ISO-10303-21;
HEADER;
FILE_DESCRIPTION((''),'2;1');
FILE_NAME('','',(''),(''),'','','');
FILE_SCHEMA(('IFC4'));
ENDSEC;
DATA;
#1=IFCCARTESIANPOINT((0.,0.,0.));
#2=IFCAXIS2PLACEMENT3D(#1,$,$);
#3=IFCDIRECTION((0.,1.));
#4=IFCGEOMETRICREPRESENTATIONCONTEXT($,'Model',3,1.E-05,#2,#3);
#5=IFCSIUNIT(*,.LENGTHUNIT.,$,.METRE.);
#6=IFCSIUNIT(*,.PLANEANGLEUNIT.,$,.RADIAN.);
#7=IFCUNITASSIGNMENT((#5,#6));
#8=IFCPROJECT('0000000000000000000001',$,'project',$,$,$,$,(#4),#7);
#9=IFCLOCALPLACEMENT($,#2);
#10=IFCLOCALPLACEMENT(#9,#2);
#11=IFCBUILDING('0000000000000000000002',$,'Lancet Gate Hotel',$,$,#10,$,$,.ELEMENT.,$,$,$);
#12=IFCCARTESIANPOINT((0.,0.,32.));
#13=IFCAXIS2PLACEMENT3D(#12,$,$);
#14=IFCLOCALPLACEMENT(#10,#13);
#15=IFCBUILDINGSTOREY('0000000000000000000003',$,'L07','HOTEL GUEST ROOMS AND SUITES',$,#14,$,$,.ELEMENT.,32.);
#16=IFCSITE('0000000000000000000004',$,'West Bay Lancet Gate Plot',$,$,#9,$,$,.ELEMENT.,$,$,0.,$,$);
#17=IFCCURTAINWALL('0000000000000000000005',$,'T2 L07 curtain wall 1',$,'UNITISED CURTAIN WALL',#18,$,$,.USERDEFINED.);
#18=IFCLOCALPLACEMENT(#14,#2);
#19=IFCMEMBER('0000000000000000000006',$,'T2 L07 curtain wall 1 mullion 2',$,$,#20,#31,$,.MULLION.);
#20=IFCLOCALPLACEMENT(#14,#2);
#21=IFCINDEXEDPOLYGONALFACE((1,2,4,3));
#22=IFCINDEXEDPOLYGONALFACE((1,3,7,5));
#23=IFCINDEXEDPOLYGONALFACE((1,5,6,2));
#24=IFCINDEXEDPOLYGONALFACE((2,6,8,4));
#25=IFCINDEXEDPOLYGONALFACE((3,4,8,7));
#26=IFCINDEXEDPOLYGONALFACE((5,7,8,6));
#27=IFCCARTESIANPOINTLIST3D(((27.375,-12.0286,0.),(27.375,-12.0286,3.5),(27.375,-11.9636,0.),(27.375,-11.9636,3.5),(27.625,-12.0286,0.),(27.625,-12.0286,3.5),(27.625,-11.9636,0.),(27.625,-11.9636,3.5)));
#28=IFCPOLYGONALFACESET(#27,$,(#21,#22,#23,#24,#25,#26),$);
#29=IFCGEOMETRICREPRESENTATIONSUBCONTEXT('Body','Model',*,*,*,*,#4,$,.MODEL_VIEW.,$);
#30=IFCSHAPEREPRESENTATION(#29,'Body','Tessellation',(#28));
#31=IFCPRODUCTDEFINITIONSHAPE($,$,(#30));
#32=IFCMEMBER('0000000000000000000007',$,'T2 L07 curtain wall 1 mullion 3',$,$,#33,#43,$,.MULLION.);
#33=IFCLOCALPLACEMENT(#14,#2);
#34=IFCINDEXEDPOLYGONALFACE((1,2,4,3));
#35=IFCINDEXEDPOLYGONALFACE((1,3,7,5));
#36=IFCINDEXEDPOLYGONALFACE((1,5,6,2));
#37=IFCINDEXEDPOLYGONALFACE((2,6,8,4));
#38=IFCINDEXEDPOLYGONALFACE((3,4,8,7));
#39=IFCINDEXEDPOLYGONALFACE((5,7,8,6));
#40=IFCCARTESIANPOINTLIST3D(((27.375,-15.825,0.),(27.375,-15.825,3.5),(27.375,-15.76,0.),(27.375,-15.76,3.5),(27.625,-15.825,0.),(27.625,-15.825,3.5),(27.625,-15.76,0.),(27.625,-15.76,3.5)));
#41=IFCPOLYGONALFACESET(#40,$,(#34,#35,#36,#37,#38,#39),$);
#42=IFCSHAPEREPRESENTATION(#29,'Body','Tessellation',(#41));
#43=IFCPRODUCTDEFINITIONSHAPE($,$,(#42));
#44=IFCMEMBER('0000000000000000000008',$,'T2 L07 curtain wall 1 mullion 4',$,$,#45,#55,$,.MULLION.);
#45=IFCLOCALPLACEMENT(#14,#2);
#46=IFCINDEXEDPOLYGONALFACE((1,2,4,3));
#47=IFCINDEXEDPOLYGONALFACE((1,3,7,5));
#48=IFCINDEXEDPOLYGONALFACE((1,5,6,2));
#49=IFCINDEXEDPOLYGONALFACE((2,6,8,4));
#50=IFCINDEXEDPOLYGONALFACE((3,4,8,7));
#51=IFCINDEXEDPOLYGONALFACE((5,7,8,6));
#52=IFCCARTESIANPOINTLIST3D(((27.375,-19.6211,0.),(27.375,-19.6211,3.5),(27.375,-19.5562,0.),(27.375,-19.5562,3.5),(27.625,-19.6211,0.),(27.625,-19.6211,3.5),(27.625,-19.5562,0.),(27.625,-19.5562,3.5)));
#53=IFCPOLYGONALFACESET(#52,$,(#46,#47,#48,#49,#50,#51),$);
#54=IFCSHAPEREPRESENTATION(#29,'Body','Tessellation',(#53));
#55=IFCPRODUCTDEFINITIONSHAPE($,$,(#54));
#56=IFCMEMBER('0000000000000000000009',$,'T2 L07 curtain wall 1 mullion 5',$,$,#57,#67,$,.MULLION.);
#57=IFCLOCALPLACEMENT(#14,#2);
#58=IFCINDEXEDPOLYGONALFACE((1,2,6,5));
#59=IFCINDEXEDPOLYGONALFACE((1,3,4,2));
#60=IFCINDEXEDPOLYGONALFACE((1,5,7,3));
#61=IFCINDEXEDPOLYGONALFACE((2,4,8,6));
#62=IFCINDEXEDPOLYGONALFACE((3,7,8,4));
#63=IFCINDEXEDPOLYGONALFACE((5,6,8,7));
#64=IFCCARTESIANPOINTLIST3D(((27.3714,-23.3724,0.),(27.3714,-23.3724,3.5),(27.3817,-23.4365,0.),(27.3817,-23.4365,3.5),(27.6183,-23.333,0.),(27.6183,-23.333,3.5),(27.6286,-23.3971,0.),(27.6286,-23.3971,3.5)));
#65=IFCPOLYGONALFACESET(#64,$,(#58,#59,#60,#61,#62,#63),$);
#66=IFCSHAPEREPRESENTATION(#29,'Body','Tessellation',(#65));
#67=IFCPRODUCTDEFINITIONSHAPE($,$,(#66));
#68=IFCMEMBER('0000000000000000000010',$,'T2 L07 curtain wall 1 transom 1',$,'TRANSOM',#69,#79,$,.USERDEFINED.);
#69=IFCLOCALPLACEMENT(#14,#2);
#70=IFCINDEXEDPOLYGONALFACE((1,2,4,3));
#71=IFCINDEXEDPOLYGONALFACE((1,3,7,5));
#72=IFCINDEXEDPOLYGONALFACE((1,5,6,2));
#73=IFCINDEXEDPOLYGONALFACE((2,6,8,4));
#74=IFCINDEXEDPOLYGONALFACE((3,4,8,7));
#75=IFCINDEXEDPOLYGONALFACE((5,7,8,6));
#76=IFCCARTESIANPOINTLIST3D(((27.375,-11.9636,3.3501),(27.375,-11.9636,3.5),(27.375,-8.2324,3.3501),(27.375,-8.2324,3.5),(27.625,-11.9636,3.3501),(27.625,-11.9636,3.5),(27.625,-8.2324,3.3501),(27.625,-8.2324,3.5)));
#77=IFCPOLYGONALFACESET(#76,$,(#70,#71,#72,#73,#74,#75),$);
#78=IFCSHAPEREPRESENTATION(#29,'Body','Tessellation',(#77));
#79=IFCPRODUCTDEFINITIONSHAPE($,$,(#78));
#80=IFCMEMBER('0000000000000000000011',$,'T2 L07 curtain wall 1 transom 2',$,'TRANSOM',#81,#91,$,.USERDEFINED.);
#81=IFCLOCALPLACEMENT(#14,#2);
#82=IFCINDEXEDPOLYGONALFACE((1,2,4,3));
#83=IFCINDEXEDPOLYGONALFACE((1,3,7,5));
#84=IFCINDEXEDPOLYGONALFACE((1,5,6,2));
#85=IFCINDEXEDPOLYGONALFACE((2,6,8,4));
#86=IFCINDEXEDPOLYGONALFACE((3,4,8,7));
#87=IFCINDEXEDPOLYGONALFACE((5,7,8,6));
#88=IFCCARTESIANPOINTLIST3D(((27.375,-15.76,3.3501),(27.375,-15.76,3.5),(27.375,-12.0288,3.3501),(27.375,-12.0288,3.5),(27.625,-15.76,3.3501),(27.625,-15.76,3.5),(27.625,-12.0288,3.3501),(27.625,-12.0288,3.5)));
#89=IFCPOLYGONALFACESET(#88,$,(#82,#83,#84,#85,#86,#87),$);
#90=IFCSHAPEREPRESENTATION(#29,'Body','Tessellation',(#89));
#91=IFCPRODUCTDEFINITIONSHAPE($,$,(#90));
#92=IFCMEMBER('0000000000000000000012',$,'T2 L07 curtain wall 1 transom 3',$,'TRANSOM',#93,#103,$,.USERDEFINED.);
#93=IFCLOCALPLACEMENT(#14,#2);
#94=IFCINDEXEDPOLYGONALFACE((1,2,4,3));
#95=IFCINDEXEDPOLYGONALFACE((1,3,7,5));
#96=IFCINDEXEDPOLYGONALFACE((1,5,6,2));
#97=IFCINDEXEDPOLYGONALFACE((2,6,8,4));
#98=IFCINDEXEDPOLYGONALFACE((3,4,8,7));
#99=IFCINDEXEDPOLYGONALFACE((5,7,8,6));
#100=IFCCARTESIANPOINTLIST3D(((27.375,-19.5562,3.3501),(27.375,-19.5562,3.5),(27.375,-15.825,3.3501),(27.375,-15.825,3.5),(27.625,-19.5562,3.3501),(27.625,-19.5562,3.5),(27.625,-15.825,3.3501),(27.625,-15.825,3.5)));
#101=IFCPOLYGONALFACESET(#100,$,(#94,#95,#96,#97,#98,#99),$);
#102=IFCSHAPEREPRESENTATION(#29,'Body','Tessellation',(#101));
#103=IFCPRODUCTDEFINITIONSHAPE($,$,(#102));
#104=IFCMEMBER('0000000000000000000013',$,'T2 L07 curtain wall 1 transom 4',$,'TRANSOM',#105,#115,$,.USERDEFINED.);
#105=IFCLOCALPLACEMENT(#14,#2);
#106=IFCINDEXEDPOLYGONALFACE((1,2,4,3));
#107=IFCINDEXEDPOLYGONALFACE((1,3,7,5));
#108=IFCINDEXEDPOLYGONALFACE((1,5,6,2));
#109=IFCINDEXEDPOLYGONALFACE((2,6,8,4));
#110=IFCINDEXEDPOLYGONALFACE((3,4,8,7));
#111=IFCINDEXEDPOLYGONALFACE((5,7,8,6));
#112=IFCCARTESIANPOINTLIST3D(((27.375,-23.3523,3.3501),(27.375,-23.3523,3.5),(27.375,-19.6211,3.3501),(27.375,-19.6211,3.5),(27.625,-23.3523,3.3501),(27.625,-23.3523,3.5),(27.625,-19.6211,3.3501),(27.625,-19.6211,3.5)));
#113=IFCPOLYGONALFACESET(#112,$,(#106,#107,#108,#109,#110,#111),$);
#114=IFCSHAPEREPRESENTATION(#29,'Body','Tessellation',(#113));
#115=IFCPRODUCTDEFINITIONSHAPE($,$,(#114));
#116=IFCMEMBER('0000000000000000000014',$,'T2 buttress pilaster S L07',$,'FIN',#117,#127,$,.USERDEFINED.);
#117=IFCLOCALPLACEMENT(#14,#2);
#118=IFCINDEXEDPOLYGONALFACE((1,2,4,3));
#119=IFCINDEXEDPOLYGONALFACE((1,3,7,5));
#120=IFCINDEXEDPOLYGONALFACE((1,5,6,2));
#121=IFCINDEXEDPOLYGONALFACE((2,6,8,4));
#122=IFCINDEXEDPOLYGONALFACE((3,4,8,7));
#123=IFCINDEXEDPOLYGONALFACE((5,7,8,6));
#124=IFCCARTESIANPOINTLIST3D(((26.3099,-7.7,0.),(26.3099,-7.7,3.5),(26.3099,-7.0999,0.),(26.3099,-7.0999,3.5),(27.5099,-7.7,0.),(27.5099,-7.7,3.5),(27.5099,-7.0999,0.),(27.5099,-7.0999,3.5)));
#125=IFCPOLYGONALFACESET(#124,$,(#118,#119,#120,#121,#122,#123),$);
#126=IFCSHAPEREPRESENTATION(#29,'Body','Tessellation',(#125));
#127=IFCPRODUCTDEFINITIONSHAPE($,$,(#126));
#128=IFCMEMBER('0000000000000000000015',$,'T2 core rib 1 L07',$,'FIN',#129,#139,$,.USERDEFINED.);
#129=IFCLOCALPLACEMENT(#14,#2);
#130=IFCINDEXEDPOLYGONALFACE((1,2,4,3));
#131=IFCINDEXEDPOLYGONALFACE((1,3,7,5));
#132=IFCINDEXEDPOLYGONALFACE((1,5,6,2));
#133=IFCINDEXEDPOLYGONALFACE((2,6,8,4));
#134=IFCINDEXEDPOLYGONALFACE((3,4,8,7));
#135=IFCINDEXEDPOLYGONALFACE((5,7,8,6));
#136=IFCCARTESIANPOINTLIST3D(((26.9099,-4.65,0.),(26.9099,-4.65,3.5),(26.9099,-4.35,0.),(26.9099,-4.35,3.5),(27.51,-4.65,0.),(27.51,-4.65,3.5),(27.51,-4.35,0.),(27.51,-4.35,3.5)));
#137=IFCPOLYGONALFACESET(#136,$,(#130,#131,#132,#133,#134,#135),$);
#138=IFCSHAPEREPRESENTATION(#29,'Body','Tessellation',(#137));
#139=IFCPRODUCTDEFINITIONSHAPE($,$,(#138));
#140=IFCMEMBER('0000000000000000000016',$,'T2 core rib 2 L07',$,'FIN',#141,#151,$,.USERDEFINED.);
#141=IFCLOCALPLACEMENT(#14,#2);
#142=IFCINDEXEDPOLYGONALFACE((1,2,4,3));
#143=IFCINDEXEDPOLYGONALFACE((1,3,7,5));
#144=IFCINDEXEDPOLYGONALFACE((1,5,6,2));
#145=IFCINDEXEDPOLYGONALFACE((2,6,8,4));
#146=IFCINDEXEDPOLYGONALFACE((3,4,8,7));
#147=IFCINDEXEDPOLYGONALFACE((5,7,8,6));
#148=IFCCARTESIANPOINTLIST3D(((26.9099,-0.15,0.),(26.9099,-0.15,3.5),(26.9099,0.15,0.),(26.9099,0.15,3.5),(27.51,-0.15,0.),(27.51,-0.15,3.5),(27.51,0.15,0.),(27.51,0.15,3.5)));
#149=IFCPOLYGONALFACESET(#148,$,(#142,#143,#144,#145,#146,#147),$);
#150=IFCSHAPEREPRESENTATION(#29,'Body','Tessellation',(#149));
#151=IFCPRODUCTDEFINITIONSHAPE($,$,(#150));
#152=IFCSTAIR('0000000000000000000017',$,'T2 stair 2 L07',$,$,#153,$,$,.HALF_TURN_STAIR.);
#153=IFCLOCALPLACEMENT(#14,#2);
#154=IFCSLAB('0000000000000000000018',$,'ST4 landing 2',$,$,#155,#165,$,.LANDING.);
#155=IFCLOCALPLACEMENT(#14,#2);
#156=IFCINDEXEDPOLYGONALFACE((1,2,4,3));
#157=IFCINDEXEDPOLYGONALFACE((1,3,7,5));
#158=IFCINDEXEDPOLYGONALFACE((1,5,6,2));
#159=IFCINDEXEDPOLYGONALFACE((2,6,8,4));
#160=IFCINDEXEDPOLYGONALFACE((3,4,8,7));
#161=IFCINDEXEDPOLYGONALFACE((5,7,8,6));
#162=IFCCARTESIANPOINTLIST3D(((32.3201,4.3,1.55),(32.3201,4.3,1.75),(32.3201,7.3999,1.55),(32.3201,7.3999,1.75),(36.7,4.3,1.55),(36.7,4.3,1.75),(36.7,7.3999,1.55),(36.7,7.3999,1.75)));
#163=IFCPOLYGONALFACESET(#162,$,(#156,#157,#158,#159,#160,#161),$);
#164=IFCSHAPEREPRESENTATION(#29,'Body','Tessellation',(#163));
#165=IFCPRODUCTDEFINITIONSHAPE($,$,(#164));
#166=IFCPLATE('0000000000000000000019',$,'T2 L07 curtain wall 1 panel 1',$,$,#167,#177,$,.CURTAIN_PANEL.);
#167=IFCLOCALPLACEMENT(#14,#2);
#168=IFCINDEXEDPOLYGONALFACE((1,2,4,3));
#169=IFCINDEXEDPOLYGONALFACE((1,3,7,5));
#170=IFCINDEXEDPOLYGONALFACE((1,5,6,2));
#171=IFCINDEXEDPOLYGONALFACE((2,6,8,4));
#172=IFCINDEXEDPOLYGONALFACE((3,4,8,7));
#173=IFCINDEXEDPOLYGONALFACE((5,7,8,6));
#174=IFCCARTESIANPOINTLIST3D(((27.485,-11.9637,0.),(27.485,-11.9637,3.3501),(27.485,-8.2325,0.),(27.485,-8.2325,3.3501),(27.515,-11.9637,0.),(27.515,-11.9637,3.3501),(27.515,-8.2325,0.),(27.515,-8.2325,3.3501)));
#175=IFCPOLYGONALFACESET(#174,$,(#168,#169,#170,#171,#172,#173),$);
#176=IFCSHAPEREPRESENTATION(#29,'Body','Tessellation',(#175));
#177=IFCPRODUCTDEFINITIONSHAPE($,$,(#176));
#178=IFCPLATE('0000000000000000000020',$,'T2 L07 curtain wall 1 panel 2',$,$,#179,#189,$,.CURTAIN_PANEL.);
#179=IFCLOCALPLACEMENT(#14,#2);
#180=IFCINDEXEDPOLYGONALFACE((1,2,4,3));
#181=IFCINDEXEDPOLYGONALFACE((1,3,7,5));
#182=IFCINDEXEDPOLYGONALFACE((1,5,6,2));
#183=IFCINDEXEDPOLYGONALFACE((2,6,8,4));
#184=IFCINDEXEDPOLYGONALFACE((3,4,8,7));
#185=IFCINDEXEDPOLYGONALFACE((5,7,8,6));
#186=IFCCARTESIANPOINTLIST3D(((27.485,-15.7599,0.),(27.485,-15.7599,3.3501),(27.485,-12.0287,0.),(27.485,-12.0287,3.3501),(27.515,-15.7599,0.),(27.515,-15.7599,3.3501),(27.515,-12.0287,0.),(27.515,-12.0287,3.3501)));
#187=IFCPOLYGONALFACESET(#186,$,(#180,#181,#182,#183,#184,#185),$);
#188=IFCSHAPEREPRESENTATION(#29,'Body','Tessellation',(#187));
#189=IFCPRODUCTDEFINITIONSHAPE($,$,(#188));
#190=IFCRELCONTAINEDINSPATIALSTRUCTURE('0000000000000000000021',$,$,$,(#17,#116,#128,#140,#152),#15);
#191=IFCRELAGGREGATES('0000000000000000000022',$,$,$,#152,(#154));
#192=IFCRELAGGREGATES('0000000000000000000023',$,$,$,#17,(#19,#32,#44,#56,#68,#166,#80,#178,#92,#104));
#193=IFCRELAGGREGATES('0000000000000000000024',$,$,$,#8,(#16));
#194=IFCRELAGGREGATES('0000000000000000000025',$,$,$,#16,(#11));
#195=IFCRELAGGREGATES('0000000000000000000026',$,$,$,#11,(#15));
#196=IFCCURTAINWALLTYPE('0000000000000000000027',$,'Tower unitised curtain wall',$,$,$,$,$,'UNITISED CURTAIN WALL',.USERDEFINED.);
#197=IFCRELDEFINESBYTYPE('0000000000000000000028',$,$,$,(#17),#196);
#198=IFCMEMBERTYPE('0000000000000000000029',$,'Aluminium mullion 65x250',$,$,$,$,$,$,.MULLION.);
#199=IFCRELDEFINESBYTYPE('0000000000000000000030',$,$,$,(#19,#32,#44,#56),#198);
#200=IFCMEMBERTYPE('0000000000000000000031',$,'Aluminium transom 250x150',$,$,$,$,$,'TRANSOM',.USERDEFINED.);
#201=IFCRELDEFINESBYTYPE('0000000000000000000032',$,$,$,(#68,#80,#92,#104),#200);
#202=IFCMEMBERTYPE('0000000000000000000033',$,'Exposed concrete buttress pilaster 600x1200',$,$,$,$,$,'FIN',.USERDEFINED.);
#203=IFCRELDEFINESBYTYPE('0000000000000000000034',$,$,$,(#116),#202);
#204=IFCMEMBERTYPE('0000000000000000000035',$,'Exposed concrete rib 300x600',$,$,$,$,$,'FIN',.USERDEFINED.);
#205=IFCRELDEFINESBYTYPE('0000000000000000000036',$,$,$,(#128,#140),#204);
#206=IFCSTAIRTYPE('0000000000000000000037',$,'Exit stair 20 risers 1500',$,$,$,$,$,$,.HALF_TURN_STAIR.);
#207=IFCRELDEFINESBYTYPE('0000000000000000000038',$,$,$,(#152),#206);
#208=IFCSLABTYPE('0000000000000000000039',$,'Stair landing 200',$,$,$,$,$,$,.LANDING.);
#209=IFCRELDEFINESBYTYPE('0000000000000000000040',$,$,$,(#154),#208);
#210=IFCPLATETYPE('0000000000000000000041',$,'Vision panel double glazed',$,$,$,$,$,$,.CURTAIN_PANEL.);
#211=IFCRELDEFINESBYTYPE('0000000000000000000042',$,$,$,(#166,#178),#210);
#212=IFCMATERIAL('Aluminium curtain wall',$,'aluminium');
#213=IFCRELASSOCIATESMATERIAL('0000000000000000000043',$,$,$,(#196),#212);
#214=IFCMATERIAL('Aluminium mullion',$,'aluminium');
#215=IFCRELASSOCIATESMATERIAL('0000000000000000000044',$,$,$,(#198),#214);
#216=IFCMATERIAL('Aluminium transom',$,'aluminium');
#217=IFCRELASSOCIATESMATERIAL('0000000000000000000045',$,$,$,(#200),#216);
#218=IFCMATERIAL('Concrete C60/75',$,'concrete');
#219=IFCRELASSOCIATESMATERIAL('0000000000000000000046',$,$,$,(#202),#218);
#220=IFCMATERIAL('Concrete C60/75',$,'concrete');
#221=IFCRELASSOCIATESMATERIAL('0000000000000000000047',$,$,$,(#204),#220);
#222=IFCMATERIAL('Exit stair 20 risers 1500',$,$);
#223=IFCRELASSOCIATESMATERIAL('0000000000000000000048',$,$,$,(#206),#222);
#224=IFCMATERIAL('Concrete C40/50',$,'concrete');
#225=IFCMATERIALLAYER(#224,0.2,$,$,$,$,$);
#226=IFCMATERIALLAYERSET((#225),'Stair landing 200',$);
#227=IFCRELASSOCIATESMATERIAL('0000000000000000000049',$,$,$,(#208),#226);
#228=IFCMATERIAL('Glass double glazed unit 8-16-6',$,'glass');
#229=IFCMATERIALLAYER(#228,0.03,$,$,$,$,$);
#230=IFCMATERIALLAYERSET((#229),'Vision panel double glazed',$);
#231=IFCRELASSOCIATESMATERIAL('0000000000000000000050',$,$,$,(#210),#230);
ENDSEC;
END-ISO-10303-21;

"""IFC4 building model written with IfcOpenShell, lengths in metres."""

from ifc_helpers import new_model, si_unit, direction, frame, origin, origin_2d, place, context, subcontext, project, spatial, polyline, rectangle, outline, extrude, material, layer, layer_set, material_profile, profile_set, type_object, element, aggregate, save


model = new_model("IFC4")

# Units and contexts
model_context = context("Model", 3, precision=1e-05, world=origin(), true_north=direction((0.0, 1.0)))
body_context = subcontext(model_context, "Body", "Model", "MODEL_VIEW")
ifc_project = project(units=[si_unit("LENGTHUNIT", "METRE"), si_unit("PLANEANGLEUNIT", "RADIAN")], contexts=[model_context])

# Site, building, storey
site_placement = place(None, origin())
site = spatial("IfcSite", under=ifc_project, at=site_placement, Name="West Bay Lancet Gate Plot", CompositionType="ELEMENT", RefElevation=0.0)
building_placement = place(site_placement, origin())
building = spatial("IfcBuilding", under=site, at=building_placement, Name="Lancet Gate Hotel", CompositionType="ELEMENT")
storey_placement = place(building_placement, frame((0.0, 0.0, 32.0)))
storey = spatial("IfcBuildingStorey", under=building, at=storey_placement, Name="L07", Description="HOTEL GUEST ROOMS AND SUITES", CompositionType="ELEMENT", Elevation=32.0)

# Curtain wall, members
ifc_material_1 = material(Name="Aluminium curtain wall", Category="aluminium")
curtain_wall_type = type_object("IfcCurtainWallType", Name="Tower unitised curtain wall", ElementType="UNITISED CURTAIN WALL", PredefinedType="USERDEFINED", material=ifc_material_1)
curtain_wall_placement = place(storey_placement, origin())
curtain_wall = element("IfcCurtainWall", 1, at=curtain_wall_placement, inside=storey, type_object=curtain_wall_type, Name="T2 L07 curtain wall 1", ObjectType="UNITISED CURTAIN WALL", PredefinedType="USERDEFINED")
ifc_material_2 = material(Name="Aluminium mullion", Category="aluminium")
ifc_material_profile_1 = material_profile(ifc_material_2, rectangle(XDim=0.0649, YDim=0.25, at=origin_2d()), Name="MULLION 65x250")
ifc_profile_set_1 = profile_set([ifc_material_profile_1], Name="Aluminium mullion")
member_type_1 = type_object("IfcMemberType", Name="Aluminium mullion 65x250", PredefinedType="MULLION", material=ifc_profile_set_1)
member_1_placement = place(storey_placement, frame((27.5, -11.9961, 0.0), z_axis=(0.0, 0.0, 1.0), x_axis=(0.0, -1.0, 0.0)))
member_1 = element("IfcMember", 2, at=member_1_placement, type_object=member_type_1, Name="T2 L07 curtain wall 1 mullion 2", PredefinedType="MULLION", context=body_context, shape_type="SweptSolid", body=[
    extrude(rectangle(XDim=0.0649, YDim=0.25, at=origin_2d()), origin(), (0.0, 0.0, 1.0), 3.5),
])
member_2_placement = place(storey_placement, frame((27.5, -15.7925, 0.0), z_axis=(0.0, 0.0, 1.0), x_axis=(0.0, -1.0, 0.0)))
member_2 = element("IfcMember", 3, at=member_2_placement, type_object=member_type_1, Name="T2 L07 curtain wall 1 mullion 3", PredefinedType="MULLION", context=body_context, shape_type="SweptSolid", body=[
    extrude(rectangle(XDim=0.0649, YDim=0.25, at=origin_2d()), origin(), (0.0, 0.0, 1.0), 3.5),
])
member_3_placement = place(storey_placement, frame((27.5, -19.5886, 0.0), z_axis=(0.0, 0.0, 1.0), x_axis=(0.0, -1.0, 0.0)))
member_3 = element("IfcMember", 4, at=member_3_placement, type_object=member_type_1, Name="T2 L07 curtain wall 1 mullion 4", PredefinedType="MULLION", context=body_context, shape_type="SweptSolid", body=[
    extrude(rectangle(XDim=0.0649, YDim=0.25, at=origin_2d()), origin(), (0.0, 0.0, 1.0), 3.5),
])
member_4_placement = place(storey_placement, frame((27.5, -23.3848, 0.0), z_axis=(0.0, 0.0, 1.0), x_axis=(0.157752, -0.987479, 0.0)))
member_4 = element("IfcMember", 5, at=member_4_placement, type_object=member_type_1, Name="T2 L07 curtain wall 1 mullion 5", PredefinedType="MULLION", context=body_context, shape_type="SweptSolid", body=[
    extrude(rectangle(XDim=0.0649, YDim=0.25, at=origin_2d()), origin(), (0.0, 0.0, 1.0), 3.5),
])
ifc_material_3 = material(Name="Aluminium transom", Category="aluminium")
ifc_material_profile_2 = material_profile(ifc_material_3, rectangle(XDim=0.25, YDim=0.1499, at=origin_2d()), Name="TRANSOM 250x150")
ifc_profile_set_2 = profile_set([ifc_material_profile_2], Name="Aluminium transom")
member_type_2 = type_object("IfcMemberType", Name="Aluminium transom 250x150", ElementType="TRANSOM", PredefinedType="USERDEFINED", material=ifc_profile_set_2)
member_5_placement = place(storey_placement, frame((27.5, -8.2324, 3.425), z_axis=(0.0, -1.0, 0.0), x_axis=(1.0, 0.0, 0.0)))
member_5 = element("IfcMember", 6, at=member_5_placement, type_object=member_type_2, Name="T2 L07 curtain wall 1 transom 1", ObjectType="TRANSOM", PredefinedType="USERDEFINED", context=body_context, shape_type="SweptSolid", body=[
    extrude(rectangle(XDim=0.25, YDim=0.1499, at=origin_2d()), origin(), (0.0, 0.0, 1.0), 3.7312),
])
member_6_placement = place(storey_placement, frame((27.5, -12.0288, 3.425), z_axis=(0.0, -1.0, 0.0), x_axis=(1.0, 0.0, 0.0)))
member_6 = element("IfcMember", 7, at=member_6_placement, type_object=member_type_2, Name="T2 L07 curtain wall 1 transom 2", ObjectType="TRANSOM", PredefinedType="USERDEFINED", context=body_context, shape_type="SweptSolid", body=[
    extrude(rectangle(XDim=0.25, YDim=0.1499, at=origin_2d()), origin(), (0.0, 0.0, 1.0), 3.7312),
])
member_7_placement = place(storey_placement, frame((27.5, -15.825, 3.425), z_axis=(0.0, -1.0, 0.0), x_axis=(1.0, 0.0, 0.0)))
member_7 = element("IfcMember", 8, at=member_7_placement, type_object=member_type_2, Name="T2 L07 curtain wall 1 transom 3", ObjectType="TRANSOM", PredefinedType="USERDEFINED", context=body_context, shape_type="SweptSolid", body=[
    extrude(rectangle(XDim=0.25, YDim=0.1499, at=origin_2d()), origin(), (0.0, 0.0, 1.0), 3.7312),
])
member_8_placement = place(storey_placement, frame((27.5, -19.6211, 3.425), z_axis=(0.0, -1.0, 0.0), x_axis=(1.0, 0.0, 0.0)))
member_8 = element("IfcMember", 9, at=member_8_placement, type_object=member_type_2, Name="T2 L07 curtain wall 1 transom 4", ObjectType="TRANSOM", PredefinedType="USERDEFINED", context=body_context, shape_type="SweptSolid", body=[
    extrude(rectangle(XDim=0.25, YDim=0.1499, at=origin_2d()), origin(), (0.0, 0.0, 1.0), 3.7312),
])

# Members
ifc_material_4 = material(Name="Concrete C60/75", Category="concrete")
ifc_material_profile_3 = material_profile(ifc_material_4, rectangle(XDim=0.6001, YDim=1.2, at=origin_2d()), Name="FIN 600x1200")
ifc_profile_set_3 = profile_set([ifc_material_profile_3], Name="Concrete C60/75")
member_type_3 = type_object("IfcMemberType", Name="Exposed concrete buttress pilaster 600x1200", ElementType="FIN", PredefinedType="USERDEFINED", material=ifc_profile_set_3)
member_9_placement = place(storey_placement, frame((26.9099, -7.3999, 0.0), z_axis=(0.0, 0.0, 1.0), x_axis=(0.0, 1.0, 0.0)))
element("IfcMember", 10, at=member_9_placement, inside=storey, type_object=member_type_3, Name="T2 buttress pilaster S L07", ObjectType="FIN", PredefinedType="USERDEFINED", context=body_context, shape_type="SweptSolid", body=[
    extrude(rectangle(XDim=0.6001, YDim=1.2, at=origin_2d()), origin(), (0.0, 0.0, 1.0), 3.5),
])
ifc_material_5 = material(Name="Concrete C60/75", Category="concrete")
ifc_material_profile_4 = material_profile(ifc_material_5, rectangle(XDim=0.3, YDim=0.6001, at=origin_2d()), Name="FIN 300x600")
ifc_profile_set_4 = profile_set([ifc_material_profile_4], Name="Concrete C60/75")
member_type_4 = type_object("IfcMemberType", Name="Exposed concrete rib 300x600", ElementType="FIN", PredefinedType="USERDEFINED", material=ifc_profile_set_4)
for number, where, z_axis, x_axis, name in (
    (11, (27.21, -4.5, 0.0), (0.0, 0.0, 1.0), (0.0, 1.0, 0.0), "T2 core rib 1 L07"),
    (12, (27.21, 0.0, 0.0), (0.0, 0.0, 1.0), (0.0, 1.0, 0.0), "T2 core rib 2 L07"),
):
    element("IfcMember", number, at=place(storey_placement, frame(where, z_axis=z_axis, x_axis=x_axis)), inside=storey, type_object=member_type_4, Name=name, ObjectType="FIN", PredefinedType="USERDEFINED", context=body_context, shape_type="SweptSolid", body=[
        extrude(rectangle(XDim=0.3, YDim=0.6001, at=origin_2d()), origin(), (0.0, 0.0, 1.0), 3.5),
    ])

# Stair, slab
ifc_material_6 = material(Name="Exit stair 20 risers 1500")
stair_type = type_object("IfcStairType", Name="Exit stair 20 risers 1500", PredefinedType="HALF_TURN_STAIR", material=ifc_material_6)
stair_placement = place(storey_placement, origin())
stair = element("IfcStair", 13, at=stair_placement, inside=storey, type_object=stair_type, Name="T2 stair 2 L07", PredefinedType="HALF_TURN_STAIR")
ifc_material_7 = material(Name="Concrete C40/50", Category="concrete")
ifc_layer_1 = layer(ifc_material_7, 0.2)
ifc_layer_set_1 = layer_set([ifc_layer_1], Name="Stair landing 200")
slab_type = type_object("IfcSlabType", Name="Stair landing 200", PredefinedType="LANDING", material=ifc_layer_set_1)
slab_placement = place(storey_placement, frame((0.0, 0.0, 1.55)))
slab = element("IfcSlab", 14, at=slab_placement, type_object=slab_type, Name="ST4 landing 2", PredefinedType="LANDING", context=body_context, shape_type="SweptSolid", body=[
    extrude(outline(polyline([(32.3201, 4.3), (36.7, 4.3), (36.7, 7.3999), (32.3201, 7.3999), (32.3201, 4.3)])), origin(), (0.0, 0.0, 1.0), 0.2),
])
aggregate(stair, [slab])

# Plates
ifc_material_8 = material(Name="Glass double glazed unit 8-16-6", Category="glass")
ifc_layer_2 = layer(ifc_material_8, 0.03)
ifc_layer_set_2 = layer_set([ifc_layer_2], Name="Vision panel double glazed")
plate_type = type_object("IfcPlateType", Name="Vision panel double glazed", PredefinedType="CURTAIN_PANEL", material=ifc_layer_set_2)
plate_1_placement = place(storey_placement, frame((27.5, -10.0981, 0.0), z_axis=(0.0, 0.0, 1.0), x_axis=(0.0, -1.0, 0.0)))
plate_1 = element("IfcPlate", 15, at=plate_1_placement, type_object=plate_type, Name="T2 L07 curtain wall 1 panel 1", PredefinedType="CURTAIN_PANEL", context=body_context, shape_type="SweptSolid", body=[
    extrude(rectangle(XDim=3.7312, YDim=0.03, at=origin_2d()), origin(), (0.0, 0.0, 1.0), 3.3501),
])
plate_2_placement = place(storey_placement, frame((27.5, -13.8943, 0.0), z_axis=(0.0, 0.0, 1.0), x_axis=(0.0, -1.0, 0.0)))
plate_2 = element("IfcPlate", 16, at=plate_2_placement, type_object=plate_type, Name="T2 L07 curtain wall 1 panel 2", PredefinedType="CURTAIN_PANEL", context=body_context, shape_type="SweptSolid", body=[
    extrude(rectangle(XDim=3.7312, YDim=0.03, at=origin_2d()), origin(), (0.0, 0.0, 1.0), 3.3501),
])
aggregate(curtain_wall, [member_1, member_2, member_3, member_4, member_5, plate_1, member_6, plate_2, member_7, member_8])

save(model, "model.ifc")
